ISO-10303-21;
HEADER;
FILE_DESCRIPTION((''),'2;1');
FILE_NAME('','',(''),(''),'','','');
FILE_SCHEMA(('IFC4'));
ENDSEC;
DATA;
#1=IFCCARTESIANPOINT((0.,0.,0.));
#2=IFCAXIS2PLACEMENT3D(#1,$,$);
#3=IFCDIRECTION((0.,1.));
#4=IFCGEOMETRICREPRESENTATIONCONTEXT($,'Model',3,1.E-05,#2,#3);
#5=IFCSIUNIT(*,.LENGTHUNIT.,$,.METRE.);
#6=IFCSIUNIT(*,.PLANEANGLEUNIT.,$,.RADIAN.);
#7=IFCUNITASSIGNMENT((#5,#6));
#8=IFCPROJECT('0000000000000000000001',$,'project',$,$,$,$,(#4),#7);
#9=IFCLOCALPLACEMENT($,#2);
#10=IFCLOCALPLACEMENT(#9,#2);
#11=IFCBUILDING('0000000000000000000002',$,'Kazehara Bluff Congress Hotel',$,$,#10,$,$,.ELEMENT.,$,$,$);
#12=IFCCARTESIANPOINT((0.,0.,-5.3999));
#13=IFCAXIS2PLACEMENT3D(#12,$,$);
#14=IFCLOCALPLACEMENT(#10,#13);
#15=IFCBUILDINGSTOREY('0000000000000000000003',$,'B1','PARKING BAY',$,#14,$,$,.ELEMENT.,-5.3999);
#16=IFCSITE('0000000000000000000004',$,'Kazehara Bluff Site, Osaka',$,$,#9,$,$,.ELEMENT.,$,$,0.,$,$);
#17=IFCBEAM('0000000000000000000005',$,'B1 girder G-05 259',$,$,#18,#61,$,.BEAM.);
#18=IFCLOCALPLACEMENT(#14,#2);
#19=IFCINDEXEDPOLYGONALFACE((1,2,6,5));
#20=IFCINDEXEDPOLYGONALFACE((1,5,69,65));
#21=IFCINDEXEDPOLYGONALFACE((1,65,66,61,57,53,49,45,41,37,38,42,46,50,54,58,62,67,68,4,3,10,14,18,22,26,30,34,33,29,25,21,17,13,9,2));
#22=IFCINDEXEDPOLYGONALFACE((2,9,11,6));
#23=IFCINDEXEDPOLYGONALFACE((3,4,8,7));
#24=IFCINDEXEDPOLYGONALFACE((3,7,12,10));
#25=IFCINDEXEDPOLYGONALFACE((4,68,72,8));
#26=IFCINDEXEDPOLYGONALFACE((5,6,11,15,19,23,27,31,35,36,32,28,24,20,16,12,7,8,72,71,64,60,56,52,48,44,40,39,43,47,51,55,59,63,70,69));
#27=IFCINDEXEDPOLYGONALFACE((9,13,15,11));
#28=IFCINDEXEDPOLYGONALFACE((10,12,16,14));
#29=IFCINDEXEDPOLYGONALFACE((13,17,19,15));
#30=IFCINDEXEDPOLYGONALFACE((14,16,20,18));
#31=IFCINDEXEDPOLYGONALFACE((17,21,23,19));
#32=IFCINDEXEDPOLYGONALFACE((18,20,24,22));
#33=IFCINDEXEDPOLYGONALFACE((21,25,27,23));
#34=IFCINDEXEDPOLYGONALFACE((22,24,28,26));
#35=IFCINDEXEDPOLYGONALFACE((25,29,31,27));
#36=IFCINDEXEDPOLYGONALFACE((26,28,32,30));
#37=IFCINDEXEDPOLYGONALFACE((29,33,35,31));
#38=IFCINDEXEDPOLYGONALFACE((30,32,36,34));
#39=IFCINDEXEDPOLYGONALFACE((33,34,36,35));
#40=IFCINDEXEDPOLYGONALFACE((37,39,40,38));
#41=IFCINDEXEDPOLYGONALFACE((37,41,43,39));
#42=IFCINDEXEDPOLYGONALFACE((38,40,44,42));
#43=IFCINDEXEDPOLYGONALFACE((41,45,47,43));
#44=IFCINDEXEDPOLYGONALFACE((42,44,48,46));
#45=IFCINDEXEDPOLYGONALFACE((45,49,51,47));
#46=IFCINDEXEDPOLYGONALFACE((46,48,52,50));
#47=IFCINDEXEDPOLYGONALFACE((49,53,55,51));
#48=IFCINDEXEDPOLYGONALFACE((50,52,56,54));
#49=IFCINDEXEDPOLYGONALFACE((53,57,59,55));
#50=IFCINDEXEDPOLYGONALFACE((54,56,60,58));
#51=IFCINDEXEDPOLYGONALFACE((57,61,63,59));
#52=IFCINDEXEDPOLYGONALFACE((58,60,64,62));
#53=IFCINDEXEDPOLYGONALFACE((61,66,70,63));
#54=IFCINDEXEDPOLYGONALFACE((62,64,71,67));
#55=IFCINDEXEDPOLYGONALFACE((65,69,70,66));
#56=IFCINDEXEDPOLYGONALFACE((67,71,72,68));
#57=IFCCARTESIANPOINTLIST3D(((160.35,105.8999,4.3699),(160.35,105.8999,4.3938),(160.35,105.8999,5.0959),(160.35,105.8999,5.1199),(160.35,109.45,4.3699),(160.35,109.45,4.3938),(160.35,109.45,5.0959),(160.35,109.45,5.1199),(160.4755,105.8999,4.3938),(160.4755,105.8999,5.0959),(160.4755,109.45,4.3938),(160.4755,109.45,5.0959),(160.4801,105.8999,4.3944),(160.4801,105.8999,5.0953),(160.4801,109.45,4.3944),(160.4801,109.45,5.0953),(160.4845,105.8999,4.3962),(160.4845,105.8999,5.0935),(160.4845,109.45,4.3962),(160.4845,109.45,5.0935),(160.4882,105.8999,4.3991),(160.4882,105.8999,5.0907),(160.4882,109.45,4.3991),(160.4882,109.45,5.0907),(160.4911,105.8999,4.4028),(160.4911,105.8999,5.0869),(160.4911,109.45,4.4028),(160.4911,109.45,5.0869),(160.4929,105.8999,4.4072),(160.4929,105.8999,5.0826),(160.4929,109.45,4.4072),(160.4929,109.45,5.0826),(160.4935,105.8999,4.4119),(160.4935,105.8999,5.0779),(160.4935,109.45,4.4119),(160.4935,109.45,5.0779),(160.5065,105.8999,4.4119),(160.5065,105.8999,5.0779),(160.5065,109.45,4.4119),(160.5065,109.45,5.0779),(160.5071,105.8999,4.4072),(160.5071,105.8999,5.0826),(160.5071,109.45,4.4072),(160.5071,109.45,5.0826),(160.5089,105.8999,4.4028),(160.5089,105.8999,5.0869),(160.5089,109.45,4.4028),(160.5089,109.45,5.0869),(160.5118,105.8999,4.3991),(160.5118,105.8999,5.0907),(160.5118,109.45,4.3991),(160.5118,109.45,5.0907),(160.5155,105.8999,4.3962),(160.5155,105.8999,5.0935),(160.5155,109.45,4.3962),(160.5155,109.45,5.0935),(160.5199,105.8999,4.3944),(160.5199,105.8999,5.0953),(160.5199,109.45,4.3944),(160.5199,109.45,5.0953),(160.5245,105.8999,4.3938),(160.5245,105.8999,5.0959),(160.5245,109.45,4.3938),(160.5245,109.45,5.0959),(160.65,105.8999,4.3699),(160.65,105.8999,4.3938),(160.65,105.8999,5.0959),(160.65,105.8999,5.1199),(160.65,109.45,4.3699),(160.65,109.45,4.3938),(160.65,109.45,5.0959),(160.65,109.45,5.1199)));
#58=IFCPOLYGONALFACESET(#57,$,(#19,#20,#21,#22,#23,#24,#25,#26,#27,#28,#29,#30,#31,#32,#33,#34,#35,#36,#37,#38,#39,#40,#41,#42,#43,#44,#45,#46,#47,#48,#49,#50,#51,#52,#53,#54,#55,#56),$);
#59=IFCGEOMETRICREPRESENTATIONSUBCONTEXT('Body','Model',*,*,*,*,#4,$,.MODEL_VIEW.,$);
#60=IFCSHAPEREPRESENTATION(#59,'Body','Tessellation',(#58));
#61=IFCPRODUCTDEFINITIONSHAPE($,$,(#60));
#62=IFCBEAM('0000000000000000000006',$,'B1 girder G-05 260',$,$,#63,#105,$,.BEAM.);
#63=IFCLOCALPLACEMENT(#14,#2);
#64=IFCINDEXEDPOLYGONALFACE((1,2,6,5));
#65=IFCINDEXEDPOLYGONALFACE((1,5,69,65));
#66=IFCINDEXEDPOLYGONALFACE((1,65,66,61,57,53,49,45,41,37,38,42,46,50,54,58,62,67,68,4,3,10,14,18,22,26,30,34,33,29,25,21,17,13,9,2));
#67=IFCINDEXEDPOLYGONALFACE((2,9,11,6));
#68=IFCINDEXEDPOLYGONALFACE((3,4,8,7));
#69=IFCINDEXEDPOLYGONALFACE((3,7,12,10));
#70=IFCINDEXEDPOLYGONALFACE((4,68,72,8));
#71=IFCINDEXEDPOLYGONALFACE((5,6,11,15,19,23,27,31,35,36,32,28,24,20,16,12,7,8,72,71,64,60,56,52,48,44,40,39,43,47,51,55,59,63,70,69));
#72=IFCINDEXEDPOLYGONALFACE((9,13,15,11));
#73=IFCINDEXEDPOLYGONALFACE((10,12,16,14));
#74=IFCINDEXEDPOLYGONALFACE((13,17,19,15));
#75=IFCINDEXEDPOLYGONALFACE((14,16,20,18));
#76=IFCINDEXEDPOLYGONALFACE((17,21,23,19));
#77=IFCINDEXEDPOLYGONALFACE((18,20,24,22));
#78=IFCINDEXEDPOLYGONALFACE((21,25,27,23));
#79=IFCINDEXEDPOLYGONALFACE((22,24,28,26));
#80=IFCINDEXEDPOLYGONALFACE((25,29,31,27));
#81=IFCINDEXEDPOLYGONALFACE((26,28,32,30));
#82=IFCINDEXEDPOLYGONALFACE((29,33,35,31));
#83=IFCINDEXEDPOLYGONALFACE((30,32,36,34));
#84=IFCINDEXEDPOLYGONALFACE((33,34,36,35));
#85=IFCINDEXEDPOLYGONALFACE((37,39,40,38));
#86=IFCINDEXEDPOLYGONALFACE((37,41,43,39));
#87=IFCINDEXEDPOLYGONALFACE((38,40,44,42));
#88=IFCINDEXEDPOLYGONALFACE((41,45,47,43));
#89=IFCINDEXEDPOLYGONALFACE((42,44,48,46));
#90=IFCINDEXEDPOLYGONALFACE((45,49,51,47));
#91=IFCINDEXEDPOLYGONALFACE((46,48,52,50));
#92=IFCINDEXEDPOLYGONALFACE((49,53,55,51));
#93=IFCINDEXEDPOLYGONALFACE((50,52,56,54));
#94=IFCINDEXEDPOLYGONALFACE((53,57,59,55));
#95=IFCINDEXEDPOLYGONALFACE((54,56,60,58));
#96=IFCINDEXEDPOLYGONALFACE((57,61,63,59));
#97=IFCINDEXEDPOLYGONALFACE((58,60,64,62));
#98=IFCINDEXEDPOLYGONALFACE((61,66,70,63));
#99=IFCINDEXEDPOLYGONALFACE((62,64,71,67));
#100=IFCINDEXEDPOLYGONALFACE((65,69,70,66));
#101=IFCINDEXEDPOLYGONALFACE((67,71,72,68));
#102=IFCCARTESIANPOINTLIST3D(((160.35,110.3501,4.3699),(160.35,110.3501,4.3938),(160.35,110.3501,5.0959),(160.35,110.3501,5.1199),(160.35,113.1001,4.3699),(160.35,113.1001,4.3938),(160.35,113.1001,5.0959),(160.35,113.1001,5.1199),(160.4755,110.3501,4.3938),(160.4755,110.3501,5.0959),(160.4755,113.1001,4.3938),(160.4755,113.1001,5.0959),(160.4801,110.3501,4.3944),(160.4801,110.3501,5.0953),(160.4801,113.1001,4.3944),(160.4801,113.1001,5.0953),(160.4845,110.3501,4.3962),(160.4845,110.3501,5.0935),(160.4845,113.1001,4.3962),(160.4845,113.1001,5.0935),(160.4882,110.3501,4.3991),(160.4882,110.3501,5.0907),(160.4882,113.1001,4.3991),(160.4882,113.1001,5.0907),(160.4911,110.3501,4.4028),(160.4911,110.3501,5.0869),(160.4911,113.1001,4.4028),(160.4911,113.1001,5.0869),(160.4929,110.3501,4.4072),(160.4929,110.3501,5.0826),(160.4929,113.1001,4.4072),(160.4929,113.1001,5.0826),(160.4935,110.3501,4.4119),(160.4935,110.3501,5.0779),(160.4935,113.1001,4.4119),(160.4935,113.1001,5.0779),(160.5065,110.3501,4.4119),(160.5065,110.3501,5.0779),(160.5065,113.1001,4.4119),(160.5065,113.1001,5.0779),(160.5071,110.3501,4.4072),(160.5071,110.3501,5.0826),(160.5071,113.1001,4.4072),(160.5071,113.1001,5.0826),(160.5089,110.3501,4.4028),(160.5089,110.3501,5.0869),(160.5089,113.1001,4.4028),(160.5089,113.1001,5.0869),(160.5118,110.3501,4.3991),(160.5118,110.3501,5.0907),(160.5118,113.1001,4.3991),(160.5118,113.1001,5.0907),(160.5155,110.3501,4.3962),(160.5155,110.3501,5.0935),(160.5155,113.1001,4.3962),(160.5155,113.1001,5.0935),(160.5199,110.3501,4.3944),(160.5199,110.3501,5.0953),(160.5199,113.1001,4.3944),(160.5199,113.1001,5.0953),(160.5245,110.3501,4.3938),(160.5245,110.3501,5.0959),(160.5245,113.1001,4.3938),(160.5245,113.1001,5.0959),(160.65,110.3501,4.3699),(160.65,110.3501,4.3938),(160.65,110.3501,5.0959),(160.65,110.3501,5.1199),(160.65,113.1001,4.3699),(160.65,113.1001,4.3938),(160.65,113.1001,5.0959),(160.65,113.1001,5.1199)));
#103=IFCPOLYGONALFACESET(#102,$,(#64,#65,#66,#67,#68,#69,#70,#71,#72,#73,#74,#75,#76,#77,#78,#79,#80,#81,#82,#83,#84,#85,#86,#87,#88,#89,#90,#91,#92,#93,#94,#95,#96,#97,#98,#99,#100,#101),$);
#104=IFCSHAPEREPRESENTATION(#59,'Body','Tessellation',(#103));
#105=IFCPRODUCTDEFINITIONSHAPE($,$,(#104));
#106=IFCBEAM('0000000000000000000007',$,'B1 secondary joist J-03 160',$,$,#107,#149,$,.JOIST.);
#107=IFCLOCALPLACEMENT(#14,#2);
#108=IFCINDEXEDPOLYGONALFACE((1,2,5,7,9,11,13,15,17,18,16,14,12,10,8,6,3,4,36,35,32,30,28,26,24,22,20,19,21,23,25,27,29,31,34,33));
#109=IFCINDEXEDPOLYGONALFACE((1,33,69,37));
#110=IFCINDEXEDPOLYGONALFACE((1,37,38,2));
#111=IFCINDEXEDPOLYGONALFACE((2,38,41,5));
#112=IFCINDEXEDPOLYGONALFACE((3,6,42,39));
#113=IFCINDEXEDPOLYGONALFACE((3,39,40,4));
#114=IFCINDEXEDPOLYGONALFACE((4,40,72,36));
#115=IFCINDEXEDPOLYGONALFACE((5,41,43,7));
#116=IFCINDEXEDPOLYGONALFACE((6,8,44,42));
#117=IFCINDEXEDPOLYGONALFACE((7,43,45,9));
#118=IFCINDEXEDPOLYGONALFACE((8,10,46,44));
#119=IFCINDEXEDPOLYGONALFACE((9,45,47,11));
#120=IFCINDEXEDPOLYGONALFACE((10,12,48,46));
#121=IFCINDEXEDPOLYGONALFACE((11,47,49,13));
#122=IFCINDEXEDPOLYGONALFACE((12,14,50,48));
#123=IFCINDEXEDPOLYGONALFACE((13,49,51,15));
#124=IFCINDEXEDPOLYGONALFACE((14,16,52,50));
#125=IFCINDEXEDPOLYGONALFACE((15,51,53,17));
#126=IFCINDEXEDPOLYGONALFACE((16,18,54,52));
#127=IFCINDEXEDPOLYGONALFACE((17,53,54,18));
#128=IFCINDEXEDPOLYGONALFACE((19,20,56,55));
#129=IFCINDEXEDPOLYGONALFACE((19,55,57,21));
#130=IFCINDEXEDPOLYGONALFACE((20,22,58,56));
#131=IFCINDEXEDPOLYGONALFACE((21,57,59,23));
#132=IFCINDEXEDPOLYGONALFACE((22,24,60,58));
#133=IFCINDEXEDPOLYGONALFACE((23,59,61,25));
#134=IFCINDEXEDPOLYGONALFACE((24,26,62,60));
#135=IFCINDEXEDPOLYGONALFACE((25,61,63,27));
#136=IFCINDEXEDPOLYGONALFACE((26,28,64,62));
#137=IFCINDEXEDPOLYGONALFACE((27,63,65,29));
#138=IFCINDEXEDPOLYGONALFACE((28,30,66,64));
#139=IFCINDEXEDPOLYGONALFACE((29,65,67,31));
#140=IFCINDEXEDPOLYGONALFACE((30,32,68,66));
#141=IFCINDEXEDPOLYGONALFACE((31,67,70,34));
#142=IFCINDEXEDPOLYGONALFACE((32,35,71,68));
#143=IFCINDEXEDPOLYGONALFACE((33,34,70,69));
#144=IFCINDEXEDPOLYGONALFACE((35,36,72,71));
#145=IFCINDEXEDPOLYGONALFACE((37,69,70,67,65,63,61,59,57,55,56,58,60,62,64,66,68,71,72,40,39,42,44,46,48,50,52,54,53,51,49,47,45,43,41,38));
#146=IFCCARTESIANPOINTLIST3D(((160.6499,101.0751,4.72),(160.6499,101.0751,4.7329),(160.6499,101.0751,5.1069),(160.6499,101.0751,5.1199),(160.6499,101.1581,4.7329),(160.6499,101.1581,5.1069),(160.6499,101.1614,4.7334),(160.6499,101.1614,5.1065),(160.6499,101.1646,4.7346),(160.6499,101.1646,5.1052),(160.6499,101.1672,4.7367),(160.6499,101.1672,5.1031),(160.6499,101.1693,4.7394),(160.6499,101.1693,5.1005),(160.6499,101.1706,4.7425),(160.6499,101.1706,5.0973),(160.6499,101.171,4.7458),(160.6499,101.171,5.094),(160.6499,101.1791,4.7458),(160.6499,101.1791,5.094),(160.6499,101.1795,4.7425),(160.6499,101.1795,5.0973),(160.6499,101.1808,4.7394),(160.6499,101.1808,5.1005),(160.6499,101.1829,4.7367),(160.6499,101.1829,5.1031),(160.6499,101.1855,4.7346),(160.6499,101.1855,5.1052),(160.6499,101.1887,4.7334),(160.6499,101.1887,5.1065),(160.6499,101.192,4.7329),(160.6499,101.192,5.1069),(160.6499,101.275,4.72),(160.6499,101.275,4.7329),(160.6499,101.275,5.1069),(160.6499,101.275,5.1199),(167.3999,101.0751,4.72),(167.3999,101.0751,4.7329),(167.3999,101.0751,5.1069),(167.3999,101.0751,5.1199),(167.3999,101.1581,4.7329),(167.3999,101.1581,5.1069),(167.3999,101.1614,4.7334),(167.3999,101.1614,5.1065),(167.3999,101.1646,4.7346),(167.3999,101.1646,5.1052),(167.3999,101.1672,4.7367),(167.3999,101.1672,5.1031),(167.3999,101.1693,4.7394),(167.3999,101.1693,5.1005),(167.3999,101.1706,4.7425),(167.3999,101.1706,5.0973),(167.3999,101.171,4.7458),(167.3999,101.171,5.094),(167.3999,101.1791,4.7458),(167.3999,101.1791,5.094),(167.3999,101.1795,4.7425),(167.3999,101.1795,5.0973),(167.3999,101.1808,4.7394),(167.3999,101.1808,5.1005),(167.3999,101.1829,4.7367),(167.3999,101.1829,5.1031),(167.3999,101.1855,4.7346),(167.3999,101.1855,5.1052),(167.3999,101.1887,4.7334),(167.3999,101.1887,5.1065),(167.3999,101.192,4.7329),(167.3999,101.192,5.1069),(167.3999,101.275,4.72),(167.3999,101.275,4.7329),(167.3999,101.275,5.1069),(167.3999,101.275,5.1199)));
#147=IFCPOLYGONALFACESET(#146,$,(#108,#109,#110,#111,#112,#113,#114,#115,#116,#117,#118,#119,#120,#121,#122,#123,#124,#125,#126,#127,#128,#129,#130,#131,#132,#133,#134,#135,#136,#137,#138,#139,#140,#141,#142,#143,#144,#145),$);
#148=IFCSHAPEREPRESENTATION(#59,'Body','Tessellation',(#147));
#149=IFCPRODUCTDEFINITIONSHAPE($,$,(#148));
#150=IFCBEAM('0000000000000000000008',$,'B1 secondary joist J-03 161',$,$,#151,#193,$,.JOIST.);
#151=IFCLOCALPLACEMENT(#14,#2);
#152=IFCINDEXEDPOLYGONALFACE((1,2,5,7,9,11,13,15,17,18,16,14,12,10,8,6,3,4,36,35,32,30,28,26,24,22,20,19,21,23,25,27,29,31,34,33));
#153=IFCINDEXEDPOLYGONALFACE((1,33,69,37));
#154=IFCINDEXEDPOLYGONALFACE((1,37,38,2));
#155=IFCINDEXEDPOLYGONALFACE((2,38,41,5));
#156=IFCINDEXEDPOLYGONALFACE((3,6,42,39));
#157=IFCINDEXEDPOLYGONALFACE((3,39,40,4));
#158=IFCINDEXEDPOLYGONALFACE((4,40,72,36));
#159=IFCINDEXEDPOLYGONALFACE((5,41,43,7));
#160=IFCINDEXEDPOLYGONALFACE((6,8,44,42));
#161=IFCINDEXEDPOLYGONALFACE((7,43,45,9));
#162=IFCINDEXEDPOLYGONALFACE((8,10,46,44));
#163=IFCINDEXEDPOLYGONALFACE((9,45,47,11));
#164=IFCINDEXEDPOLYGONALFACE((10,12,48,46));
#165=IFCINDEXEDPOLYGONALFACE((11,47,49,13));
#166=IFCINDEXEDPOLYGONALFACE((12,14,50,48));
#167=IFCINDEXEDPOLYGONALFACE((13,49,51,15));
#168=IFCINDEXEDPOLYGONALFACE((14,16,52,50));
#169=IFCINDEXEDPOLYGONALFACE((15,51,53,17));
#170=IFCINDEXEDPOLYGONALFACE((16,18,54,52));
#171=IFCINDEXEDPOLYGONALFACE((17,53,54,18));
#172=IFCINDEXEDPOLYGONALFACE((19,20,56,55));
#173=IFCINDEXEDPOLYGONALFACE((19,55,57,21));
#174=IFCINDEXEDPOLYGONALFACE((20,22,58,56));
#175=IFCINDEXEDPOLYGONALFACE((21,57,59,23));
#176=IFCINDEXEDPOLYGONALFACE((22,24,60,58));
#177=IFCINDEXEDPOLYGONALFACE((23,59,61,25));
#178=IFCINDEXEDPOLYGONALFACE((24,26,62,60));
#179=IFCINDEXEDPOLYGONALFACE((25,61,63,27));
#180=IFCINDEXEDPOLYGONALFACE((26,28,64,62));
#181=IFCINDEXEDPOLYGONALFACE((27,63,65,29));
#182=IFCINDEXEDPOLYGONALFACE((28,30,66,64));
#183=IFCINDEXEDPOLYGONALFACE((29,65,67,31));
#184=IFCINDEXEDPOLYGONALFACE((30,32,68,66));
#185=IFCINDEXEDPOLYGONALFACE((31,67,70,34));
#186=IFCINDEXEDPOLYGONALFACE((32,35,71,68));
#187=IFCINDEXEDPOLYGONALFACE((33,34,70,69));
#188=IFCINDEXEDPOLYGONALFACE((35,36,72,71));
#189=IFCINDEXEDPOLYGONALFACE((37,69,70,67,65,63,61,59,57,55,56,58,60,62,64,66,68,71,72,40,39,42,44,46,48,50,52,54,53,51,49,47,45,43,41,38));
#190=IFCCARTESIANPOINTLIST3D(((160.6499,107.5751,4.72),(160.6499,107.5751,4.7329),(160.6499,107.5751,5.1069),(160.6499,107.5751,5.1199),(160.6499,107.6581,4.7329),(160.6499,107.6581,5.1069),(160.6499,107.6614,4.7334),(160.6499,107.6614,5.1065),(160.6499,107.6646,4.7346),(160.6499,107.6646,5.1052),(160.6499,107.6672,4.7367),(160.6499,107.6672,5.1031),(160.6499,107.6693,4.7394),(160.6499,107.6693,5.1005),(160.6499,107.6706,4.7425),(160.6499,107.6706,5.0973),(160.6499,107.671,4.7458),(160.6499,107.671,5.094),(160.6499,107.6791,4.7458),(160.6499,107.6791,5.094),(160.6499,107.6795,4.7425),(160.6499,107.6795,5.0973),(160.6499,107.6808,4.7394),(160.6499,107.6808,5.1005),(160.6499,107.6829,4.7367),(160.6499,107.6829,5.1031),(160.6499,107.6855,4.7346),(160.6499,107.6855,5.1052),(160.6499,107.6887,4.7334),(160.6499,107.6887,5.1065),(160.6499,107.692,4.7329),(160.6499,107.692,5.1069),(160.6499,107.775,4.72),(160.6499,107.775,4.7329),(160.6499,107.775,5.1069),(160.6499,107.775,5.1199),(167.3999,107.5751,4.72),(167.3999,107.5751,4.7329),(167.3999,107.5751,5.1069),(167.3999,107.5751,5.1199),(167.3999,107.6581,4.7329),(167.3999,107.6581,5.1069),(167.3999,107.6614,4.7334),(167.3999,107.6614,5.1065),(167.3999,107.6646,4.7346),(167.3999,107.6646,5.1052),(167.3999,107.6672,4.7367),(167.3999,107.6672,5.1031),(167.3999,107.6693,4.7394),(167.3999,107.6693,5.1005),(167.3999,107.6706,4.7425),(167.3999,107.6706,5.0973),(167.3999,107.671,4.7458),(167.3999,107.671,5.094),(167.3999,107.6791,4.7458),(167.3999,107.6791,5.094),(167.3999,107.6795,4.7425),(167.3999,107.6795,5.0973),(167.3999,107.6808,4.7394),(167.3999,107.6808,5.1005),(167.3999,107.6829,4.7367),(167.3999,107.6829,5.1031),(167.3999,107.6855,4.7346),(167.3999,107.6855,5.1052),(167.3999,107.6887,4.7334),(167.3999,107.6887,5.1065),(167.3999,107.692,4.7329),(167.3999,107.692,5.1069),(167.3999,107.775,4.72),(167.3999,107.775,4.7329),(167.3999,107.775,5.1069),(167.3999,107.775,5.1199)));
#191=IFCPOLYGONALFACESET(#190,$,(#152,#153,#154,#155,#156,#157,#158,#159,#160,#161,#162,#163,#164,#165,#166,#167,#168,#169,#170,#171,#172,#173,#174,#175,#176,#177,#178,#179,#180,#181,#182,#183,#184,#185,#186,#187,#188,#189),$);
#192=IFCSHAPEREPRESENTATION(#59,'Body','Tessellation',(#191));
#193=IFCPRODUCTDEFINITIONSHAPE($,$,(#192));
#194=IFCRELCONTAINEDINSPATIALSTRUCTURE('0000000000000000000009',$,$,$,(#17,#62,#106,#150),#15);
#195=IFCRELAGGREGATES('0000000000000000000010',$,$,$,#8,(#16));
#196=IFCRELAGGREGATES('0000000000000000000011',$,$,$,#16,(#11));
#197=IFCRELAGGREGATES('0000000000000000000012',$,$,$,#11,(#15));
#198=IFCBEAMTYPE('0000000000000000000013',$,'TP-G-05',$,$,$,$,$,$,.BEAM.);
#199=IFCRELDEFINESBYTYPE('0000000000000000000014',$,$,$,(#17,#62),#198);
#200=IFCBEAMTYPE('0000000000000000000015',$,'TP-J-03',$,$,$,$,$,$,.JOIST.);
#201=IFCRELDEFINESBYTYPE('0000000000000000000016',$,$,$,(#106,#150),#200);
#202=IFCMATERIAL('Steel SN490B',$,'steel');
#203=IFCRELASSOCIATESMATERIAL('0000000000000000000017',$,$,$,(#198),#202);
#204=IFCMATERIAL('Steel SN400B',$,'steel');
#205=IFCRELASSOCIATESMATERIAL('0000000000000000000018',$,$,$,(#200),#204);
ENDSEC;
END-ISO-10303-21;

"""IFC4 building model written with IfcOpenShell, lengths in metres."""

from ifc_helpers import new_model, si_unit, direction, frame, origin, origin_2d, place, context, subcontext, project, spatial, i_section, extrude, material, material_profile, profile_set, type_object, element, save


model = new_model("IFC4")

# Units and contexts
model_context = context("Model", 3, precision=1e-05, world=origin(), true_north=direction((0.0, 1.0)))
body_context = subcontext(model_context, "Body", "Model", "MODEL_VIEW")
ifc_project = project(units=[si_unit("LENGTHUNIT", "METRE"), si_unit("PLANEANGLEUNIT", "RADIAN")], contexts=[model_context])

# Site, building, storey
site_placement = place(None, origin())
site = spatial("IfcSite", under=ifc_project, at=site_placement, Name="Kazehara Bluff Site, Osaka", CompositionType="ELEMENT", RefElevation=0.0)
building_placement = place(site_placement, origin())
building = spatial("IfcBuilding", under=site, at=building_placement, Name="Kazehara Bluff Congress Hotel", CompositionType="ELEMENT")
storey_placement = place(building_placement, frame((0.0, 0.0, -5.3999)))
storey = spatial("IfcBuildingStorey", under=building, at=storey_placement, Name="B1", Description="PARKING BAY", CompositionType="ELEMENT", Elevation=-5.3999)

# Beams
ifc_material_1 = material(Name="Steel SN490B", Category="steel")
ifc_material_profile_1 = material_profile(ifc_material_1, i_section(OverallWidth=0.3, OverallDepth=0.75, WebThickness=0.0129, FlangeThickness=0.0239, FilletRadius=0.0181, at=origin_2d()))
ifc_profile_set_1 = profile_set([ifc_material_profile_1], Name="Steel SN490B")
beam_type_1 = type_object("IfcBeamType", Name="TP-G-05", PredefinedType="BEAM", material=ifc_profile_set_1)
beam_1_placement = place(storey_placement, frame((160.5, 105.8999, 4.7449), z_axis=(0.0, 1.0, 0.0), x_axis=(-1.0, 0.0, 0.0)))
element("IfcBeam", 1, at=beam_1_placement, inside=storey, type_object=beam_type_1, Name="B1 girder G-05 259", PredefinedType="BEAM", context=body_context, shape_type="SweptSolid", body=[
    extrude(i_section(OverallWidth=0.3, OverallDepth=0.75, WebThickness=0.0129, FlangeThickness=0.0239, FilletRadius=0.0181, at=origin_2d()), origin(), (0.0, 0.0, 1.0), 3.55),
])
beam_2_placement = place(storey_placement, frame((160.5, 110.3501, 4.7449), z_axis=(0.0, 1.0, 0.0), x_axis=(-1.0, 0.0, 0.0)))
element("IfcBeam", 2, at=beam_2_placement, inside=storey, type_object=beam_type_1, Name="B1 girder G-05 260", PredefinedType="BEAM", context=body_context, shape_type="SweptSolid", body=[
    extrude(i_section(OverallWidth=0.3, OverallDepth=0.75, WebThickness=0.0129, FlangeThickness=0.0239, FilletRadius=0.0181, at=origin_2d()), origin(), (0.0, 0.0, 1.0), 2.75),
])
ifc_material_2 = material(Name="Steel SN400B", Category="steel")
ifc_material_profile_2 = material_profile(ifc_material_2, i_section(OverallWidth=0.2, OverallDepth=0.3999, WebThickness=0.0081, FlangeThickness=0.0129, FilletRadius=0.0129, at=origin_2d()))
ifc_profile_set_2 = profile_set([ifc_material_profile_2], Name="Steel SN400B")
beam_type_2 = type_object("IfcBeamType", Name="TP-J-03", PredefinedType="JOIST", material=ifc_profile_set_2)
for number, where, z_axis, x_axis, name in (
    (3, (160.6499, 101.175, 4.9199), (1.0, 0.0, 0.0), (0.0, 1.0, 0.0), "B1 secondary joist J-03 160"),
    (4, (160.6499, 107.675, 4.9199), (1.0, 0.0, 0.0), (0.0, 1.0, 0.0), "B1 secondary joist J-03 161"),
):
    element("IfcBeam", number, at=place(storey_placement, frame(where, z_axis=z_axis, x_axis=x_axis)), inside=storey, type_object=beam_type_2, Name=name, PredefinedType="JOIST", context=body_context, shape_type="SweptSolid", body=[
        extrude(i_section(OverallWidth=0.2, OverallDepth=0.3999, WebThickness=0.0081, FlangeThickness=0.0129, FilletRadius=0.0129, at=origin_2d()), origin(), (0.0, 0.0, 1.0), 6.75),
    ])

save(model, "model.ifc")
